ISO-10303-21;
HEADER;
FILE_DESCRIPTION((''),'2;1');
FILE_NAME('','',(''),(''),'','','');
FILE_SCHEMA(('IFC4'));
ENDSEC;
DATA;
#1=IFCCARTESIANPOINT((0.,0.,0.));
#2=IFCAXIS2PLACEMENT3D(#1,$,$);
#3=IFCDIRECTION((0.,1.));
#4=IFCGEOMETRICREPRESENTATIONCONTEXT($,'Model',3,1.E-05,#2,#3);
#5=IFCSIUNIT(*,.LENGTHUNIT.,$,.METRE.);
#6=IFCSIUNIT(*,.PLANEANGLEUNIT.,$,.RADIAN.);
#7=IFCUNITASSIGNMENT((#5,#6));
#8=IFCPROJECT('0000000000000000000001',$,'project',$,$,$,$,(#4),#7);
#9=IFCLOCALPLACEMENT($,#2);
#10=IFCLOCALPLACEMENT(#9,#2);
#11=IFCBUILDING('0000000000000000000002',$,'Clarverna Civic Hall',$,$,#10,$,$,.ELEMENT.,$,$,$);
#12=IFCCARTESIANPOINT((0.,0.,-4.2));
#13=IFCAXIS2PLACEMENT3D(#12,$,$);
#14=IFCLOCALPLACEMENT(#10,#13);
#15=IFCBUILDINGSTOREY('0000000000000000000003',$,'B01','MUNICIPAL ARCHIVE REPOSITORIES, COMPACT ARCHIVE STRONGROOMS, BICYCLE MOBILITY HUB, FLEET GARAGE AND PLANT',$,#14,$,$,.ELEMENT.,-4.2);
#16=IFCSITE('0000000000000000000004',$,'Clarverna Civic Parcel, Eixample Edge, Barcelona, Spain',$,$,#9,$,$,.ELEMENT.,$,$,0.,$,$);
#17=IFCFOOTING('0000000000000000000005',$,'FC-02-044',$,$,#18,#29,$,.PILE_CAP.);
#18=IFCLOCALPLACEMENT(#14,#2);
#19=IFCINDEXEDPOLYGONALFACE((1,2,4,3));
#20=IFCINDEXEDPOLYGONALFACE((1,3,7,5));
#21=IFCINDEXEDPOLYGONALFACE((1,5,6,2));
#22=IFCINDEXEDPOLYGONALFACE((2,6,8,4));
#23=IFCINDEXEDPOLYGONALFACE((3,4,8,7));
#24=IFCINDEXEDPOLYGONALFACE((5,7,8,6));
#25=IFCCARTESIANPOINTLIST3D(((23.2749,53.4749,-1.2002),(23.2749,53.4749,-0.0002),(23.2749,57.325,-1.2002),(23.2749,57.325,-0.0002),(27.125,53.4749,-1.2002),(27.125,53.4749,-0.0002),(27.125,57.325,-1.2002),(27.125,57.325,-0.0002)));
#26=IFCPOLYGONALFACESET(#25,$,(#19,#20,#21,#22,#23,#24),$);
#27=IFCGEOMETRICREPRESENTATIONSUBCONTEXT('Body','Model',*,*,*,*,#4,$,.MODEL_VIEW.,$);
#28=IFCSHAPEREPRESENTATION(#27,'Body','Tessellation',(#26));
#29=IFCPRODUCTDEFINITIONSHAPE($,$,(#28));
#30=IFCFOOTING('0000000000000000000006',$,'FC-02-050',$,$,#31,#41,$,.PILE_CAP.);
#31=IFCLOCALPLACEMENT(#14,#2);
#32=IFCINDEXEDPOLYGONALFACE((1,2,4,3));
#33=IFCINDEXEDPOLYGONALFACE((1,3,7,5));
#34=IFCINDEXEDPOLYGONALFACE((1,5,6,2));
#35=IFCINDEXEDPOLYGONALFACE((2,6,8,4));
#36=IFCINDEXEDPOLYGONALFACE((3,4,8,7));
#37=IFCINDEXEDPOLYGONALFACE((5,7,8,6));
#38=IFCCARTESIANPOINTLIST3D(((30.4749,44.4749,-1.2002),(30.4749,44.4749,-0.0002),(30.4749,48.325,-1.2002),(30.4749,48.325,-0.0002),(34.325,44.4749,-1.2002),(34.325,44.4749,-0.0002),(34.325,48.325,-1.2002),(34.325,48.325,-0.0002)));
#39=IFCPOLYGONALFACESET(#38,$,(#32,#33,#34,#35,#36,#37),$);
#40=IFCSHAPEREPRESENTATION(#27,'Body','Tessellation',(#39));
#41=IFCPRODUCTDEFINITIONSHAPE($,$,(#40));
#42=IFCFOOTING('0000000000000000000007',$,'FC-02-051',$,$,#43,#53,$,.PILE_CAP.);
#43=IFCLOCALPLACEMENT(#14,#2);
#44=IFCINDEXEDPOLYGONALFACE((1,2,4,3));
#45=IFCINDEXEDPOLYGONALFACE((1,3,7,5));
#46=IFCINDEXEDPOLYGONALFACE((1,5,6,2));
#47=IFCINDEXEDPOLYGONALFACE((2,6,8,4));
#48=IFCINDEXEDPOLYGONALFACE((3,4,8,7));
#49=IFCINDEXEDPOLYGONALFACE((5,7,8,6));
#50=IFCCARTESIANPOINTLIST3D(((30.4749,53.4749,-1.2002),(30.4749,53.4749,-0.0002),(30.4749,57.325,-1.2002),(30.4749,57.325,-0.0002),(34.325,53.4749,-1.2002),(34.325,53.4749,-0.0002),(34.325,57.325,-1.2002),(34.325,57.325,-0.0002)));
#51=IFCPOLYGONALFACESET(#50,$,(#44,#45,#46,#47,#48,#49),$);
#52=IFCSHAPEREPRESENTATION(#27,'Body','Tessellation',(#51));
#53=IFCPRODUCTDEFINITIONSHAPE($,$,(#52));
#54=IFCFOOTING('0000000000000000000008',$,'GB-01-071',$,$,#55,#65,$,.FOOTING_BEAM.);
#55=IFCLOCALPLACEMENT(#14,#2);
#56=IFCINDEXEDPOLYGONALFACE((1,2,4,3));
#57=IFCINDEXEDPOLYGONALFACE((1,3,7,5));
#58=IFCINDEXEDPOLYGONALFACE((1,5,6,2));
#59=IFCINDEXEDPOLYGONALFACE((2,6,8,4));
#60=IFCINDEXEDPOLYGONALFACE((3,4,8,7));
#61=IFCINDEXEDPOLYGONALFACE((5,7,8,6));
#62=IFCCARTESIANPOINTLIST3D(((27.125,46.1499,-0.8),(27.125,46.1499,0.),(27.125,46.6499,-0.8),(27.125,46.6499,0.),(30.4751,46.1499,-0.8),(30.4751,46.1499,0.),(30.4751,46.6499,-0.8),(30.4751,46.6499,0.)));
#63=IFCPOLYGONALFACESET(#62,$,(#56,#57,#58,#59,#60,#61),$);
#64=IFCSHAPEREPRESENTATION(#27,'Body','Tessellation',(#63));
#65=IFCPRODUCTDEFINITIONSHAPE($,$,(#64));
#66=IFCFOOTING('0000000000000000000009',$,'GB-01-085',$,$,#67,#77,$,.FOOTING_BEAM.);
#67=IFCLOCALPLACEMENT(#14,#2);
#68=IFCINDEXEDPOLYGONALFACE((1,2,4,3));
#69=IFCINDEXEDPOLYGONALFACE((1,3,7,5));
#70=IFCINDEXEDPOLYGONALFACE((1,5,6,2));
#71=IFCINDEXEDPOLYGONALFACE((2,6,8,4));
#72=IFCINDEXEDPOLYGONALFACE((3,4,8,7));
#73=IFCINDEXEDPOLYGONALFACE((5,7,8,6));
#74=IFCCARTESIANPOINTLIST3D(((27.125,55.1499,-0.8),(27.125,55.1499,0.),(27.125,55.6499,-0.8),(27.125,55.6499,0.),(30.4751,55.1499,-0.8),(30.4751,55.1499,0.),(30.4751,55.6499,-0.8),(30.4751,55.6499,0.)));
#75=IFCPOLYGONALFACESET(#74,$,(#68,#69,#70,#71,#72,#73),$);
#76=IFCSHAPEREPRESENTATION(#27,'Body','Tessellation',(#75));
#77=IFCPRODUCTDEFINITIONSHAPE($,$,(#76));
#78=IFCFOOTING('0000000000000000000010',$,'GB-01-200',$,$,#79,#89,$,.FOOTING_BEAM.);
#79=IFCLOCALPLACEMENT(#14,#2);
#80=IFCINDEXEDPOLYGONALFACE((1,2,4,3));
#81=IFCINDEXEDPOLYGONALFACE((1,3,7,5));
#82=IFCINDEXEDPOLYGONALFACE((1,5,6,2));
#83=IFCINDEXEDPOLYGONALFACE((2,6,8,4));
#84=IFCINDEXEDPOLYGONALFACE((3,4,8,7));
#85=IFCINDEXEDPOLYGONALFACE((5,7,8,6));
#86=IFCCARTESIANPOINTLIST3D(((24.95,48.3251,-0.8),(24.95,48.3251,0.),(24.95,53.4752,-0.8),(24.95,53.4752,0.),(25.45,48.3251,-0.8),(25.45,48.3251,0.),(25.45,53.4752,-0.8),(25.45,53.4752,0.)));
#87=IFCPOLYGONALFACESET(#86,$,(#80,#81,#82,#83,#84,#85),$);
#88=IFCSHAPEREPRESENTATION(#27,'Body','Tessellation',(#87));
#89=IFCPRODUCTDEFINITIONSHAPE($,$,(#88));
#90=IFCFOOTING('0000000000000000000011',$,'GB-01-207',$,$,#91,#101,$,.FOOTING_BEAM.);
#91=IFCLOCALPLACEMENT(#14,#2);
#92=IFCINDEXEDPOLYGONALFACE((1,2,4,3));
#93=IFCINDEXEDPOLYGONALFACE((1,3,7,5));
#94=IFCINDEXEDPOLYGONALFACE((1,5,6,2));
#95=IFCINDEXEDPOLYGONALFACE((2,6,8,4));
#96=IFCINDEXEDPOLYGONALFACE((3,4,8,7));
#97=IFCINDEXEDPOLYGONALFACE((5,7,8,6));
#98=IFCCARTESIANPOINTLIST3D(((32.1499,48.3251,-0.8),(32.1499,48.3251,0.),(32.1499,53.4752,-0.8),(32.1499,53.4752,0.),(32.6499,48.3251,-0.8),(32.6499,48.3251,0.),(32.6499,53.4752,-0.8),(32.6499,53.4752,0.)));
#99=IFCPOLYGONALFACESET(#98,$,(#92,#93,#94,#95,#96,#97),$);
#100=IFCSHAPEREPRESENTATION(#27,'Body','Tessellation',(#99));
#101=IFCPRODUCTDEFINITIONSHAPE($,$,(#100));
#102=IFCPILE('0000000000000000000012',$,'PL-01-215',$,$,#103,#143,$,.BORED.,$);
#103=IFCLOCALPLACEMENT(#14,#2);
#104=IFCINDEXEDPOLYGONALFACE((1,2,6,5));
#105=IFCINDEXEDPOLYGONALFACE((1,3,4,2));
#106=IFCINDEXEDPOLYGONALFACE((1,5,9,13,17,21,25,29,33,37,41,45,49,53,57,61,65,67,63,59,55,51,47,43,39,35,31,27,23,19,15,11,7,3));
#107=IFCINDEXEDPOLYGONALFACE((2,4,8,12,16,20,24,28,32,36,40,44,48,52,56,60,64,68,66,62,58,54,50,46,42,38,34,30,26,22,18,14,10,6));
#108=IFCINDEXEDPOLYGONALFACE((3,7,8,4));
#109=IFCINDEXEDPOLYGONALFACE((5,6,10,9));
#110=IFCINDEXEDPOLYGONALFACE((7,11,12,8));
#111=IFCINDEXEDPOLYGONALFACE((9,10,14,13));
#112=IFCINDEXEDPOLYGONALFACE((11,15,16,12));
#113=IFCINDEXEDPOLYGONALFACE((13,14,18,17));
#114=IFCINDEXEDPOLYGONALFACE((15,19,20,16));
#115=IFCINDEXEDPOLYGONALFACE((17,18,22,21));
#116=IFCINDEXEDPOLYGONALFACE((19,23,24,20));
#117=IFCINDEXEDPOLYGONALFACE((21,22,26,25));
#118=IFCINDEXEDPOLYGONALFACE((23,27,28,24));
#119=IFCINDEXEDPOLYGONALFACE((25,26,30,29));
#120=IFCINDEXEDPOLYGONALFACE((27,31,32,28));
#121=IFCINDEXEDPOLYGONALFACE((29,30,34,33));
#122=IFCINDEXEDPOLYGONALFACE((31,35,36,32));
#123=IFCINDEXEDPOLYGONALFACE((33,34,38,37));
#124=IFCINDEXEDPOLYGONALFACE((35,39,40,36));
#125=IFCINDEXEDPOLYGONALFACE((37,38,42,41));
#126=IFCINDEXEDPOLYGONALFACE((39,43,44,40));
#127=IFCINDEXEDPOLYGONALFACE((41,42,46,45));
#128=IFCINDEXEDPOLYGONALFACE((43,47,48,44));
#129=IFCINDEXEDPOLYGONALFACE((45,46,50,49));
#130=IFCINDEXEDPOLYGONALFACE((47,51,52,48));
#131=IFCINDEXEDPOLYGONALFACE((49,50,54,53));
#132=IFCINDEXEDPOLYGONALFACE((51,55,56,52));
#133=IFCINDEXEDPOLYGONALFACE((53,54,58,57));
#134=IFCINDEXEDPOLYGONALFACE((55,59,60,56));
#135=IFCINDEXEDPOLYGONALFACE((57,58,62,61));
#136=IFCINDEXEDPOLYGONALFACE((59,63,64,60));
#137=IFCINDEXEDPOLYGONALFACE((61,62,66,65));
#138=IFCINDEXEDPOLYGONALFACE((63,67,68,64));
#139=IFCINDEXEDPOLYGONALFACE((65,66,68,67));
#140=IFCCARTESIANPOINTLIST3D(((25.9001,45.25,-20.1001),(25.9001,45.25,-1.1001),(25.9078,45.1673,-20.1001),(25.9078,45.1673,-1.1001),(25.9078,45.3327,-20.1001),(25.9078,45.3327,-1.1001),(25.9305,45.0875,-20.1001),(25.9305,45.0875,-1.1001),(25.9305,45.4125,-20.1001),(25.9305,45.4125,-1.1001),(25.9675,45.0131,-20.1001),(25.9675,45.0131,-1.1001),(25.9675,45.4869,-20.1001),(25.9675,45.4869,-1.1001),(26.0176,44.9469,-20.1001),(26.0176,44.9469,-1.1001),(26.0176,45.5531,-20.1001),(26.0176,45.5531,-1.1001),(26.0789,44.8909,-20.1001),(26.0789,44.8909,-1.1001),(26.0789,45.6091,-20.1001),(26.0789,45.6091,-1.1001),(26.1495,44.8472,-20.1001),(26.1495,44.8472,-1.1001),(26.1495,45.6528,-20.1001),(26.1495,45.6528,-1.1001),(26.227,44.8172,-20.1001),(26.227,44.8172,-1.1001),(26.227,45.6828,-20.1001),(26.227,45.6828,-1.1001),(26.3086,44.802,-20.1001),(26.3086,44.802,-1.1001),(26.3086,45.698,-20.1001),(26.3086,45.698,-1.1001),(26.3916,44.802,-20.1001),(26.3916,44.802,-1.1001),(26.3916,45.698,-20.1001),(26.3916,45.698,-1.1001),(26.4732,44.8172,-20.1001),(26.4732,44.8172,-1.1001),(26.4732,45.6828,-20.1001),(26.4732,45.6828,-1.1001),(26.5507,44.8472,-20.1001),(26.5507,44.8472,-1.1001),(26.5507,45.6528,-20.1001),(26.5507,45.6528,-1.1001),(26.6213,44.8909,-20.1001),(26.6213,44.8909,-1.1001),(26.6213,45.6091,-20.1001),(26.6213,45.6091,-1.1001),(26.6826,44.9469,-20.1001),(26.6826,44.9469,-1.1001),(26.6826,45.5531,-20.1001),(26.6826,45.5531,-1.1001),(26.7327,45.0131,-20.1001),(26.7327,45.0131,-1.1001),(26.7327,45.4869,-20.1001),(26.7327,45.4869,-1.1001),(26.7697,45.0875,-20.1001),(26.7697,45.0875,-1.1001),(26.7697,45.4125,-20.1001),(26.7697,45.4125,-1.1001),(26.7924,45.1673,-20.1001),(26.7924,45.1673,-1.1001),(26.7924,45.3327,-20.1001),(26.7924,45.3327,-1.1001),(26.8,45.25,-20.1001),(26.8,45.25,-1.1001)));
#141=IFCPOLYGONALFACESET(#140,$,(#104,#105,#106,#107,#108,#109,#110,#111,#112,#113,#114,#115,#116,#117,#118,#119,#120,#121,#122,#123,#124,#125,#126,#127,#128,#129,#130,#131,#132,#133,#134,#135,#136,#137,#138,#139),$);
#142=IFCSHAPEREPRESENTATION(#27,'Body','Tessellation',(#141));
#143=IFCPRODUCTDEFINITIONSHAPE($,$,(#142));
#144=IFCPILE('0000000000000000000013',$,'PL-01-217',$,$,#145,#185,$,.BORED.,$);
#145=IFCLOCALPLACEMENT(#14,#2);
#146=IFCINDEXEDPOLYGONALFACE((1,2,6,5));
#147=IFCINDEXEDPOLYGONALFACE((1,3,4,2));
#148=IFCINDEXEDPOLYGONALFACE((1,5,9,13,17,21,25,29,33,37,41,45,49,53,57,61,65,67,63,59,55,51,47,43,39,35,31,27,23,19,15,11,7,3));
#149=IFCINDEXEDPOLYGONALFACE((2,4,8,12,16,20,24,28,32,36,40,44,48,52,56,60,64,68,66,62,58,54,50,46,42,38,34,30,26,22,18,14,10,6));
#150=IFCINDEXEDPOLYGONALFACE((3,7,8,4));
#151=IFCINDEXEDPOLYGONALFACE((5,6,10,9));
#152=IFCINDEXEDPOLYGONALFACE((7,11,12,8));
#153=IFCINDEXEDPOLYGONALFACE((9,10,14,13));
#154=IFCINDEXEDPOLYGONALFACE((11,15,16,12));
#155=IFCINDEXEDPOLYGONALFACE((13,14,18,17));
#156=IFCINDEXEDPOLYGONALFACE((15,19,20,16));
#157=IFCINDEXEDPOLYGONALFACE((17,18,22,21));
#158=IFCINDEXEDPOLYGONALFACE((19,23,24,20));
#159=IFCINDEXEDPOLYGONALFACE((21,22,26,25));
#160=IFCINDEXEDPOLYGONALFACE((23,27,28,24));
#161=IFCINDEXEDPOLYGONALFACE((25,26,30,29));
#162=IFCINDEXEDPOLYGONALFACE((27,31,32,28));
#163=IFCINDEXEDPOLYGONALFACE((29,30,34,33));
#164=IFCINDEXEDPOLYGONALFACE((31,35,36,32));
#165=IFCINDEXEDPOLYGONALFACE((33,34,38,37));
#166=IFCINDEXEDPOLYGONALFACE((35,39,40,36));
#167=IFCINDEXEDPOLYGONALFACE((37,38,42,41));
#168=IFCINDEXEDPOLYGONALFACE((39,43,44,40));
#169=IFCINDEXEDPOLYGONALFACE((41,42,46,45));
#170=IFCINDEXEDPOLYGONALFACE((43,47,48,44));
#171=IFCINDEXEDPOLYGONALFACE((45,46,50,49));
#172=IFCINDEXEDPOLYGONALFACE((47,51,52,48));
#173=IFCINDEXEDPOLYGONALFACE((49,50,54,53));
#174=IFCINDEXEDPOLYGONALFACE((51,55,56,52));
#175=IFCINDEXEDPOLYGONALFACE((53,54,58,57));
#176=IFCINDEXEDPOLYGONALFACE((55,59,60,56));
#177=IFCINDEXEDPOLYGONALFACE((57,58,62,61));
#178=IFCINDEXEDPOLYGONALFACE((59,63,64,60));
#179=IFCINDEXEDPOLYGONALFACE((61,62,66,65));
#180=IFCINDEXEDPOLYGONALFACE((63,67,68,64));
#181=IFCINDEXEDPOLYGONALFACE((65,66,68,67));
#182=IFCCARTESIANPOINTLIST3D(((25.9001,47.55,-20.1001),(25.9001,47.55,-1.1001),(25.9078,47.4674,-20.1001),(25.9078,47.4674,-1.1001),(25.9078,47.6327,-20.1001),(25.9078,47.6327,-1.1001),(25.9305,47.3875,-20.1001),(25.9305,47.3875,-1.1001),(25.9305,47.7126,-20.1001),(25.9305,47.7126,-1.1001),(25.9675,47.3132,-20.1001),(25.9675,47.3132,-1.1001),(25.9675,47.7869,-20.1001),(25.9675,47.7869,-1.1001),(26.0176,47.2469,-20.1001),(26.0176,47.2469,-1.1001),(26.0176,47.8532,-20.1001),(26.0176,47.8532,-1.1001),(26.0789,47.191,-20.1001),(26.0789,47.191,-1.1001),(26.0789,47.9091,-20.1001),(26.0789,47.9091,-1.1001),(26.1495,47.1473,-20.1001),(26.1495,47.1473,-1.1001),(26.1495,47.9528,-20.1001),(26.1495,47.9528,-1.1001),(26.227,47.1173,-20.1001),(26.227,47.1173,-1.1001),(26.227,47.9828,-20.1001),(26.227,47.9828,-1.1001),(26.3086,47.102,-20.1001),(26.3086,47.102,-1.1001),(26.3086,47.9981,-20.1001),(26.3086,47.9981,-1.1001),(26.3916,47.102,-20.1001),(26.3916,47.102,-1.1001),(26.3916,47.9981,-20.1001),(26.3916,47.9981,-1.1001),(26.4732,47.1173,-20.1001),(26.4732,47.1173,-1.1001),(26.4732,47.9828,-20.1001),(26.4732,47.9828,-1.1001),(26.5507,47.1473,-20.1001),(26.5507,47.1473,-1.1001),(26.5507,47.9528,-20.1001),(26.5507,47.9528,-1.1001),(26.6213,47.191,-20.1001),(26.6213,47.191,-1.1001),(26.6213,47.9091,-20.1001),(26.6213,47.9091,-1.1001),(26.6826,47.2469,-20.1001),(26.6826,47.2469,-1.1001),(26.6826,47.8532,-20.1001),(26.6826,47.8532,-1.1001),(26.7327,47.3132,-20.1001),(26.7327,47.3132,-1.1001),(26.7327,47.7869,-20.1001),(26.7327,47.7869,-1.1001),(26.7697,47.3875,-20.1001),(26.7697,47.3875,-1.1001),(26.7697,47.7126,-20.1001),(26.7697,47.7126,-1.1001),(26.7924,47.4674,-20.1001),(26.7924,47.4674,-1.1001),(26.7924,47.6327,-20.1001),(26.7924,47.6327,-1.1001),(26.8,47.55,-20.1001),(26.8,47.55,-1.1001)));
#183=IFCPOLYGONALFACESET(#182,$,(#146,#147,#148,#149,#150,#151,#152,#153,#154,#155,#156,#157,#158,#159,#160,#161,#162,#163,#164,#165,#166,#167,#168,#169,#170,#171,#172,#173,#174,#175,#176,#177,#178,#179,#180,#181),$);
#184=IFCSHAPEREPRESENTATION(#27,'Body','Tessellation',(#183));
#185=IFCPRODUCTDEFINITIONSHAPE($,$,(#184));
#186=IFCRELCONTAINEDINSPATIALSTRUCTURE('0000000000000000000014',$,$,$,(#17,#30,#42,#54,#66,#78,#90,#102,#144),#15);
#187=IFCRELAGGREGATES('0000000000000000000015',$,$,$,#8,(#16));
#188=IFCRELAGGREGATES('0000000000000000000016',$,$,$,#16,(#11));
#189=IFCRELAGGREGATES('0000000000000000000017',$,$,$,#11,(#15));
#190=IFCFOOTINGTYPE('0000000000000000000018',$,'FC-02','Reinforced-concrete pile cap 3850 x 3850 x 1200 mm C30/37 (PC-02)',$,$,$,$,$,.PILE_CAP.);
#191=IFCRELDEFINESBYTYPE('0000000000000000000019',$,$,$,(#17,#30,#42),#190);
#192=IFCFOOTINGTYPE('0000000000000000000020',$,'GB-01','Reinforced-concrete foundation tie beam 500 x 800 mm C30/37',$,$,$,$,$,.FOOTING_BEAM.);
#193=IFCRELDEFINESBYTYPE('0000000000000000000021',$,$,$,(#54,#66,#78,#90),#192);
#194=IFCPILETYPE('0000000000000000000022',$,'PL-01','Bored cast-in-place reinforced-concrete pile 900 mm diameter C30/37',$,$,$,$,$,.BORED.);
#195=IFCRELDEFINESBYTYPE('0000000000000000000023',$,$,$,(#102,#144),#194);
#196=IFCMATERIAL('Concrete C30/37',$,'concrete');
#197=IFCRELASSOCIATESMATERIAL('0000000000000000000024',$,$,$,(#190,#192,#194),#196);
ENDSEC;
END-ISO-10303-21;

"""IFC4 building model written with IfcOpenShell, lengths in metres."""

from ifc_helpers import new_model, si_unit, direction, frame, frame_2d, origin, origin_2d, place, context, subcontext, project, spatial, rectangle, circle, extrude, material, material_profile, profile_set, type_object, element, save


model = new_model("IFC4")

# Units and contexts
model_context = context("Model", 3, precision=1e-05, world=origin(), true_north=direction((0.0, 1.0)))
body_context = subcontext(model_context, "Body", "Model", "MODEL_VIEW")
ifc_project = project(units=[si_unit("LENGTHUNIT", "METRE"), si_unit("PLANEANGLEUNIT", "RADIAN")], contexts=[model_context])

# Site, building, storey
site_placement = place(None, origin())
site = spatial("IfcSite", under=ifc_project, at=site_placement, Name="Clarverna Civic Parcel, Eixample Edge, Barcelona, Spain", CompositionType="ELEMENT", RefElevation=0.0)
building_placement = place(site_placement, origin())
building = spatial("IfcBuilding", under=site, at=building_placement, Name="Clarverna Civic Hall", CompositionType="ELEMENT")
storey_placement = place(building_placement, frame((0.0, 0.0, -4.2)))
storey = spatial("IfcBuildingStorey", under=building, at=storey_placement, Name="B01", Description="MUNICIPAL ARCHIVE REPOSITORIES, COMPACT ARCHIVE STRONGROOMS, BICYCLE MOBILITY HUB, FLEET GARAGE AND PLANT", CompositionType="ELEMENT", Elevation=-4.2)

# Footings
ifc_material_1 = material(Name="Concrete C30/37", Category="concrete")
footing_type_1 = type_object("IfcFootingType", Name="FC-02", Description="Reinforced-concrete pile cap 3850 x 3850 x 1200 mm C30/37 (PC-02)", PredefinedType="PILE_CAP", material=ifc_material_1)
for number, where, z_axis, x_axis, name in (
    (1, (25.2, 55.3999, -1.2002), (0.0, 0.0, 1.0), (1.0, 0.0, 0.0), "FC-02-044"),
    (2, (32.3999, 46.3999, -1.2002), (0.0, 0.0, 1.0), (1.0, 0.0, 0.0), "FC-02-050"),
    (3, (32.3999, 55.3999, -1.2002), (0.0, 0.0, 1.0), (1.0, 0.0, 0.0), "FC-02-051"),
):
    element("IfcFooting", number, at=place(storey_placement, frame(where, z_axis=z_axis, x_axis=x_axis)), inside=storey, type_object=footing_type_1, Name=name, PredefinedType="PILE_CAP", context=body_context, shape_type="SweptSolid", body=[
        extrude(rectangle(XDim=3.8501, YDim=3.8501, at=origin_2d()), origin(), (0.0, 0.0, 1.0), 1.2),
    ])
footing_type_2 = type_object("IfcFootingType", Name="GB-01", Description="Reinforced-concrete foundation tie beam 500 x 800 mm C30/37", PredefinedType="FOOTING_BEAM", material=ifc_material_1)
for number, where, z_axis, x_axis, name in (
    (4, (27.125, 46.3999, -0.8), (0.0, 0.0, 1.0), (1.0, 0.0, 0.0), "GB-01-071"),
    (5, (27.125, 55.3999, -0.8), (0.0, 0.0, 1.0), (1.0, 0.0, 0.0), "GB-01-085"),
):
    element("IfcFooting", number, at=place(storey_placement, frame(where, z_axis=z_axis, x_axis=x_axis)), inside=storey, type_object=footing_type_2, Name=name, PredefinedType="FOOTING_BEAM", context=body_context, shape_type="SweptSolid", body=[
        extrude(rectangle(XDim=3.3501, YDim=0.5, at=frame_2d((1.675, 0.0))), origin(), (0.0, 0.0, 1.0), 0.8),
    ])
for number, where, z_axis, x_axis, name in (
    (6, (25.2, 48.325, -0.8), (0.0, 0.0, 1.0), (0.0, 1.0, 0.0), "GB-01-200"),
    (7, (32.3999, 48.325, -0.8), (0.0, 0.0, 1.0), (0.0, 1.0, 0.0), "GB-01-207"),
):
    element("IfcFooting", number, at=place(storey_placement, frame(where, z_axis=z_axis, x_axis=x_axis)), inside=storey, type_object=footing_type_2, Name=name, PredefinedType="FOOTING_BEAM", context=body_context, shape_type="SweptSolid", body=[
        extrude(rectangle(XDim=5.1501, YDim=0.5, at=frame_2d((2.5752, 0.0))), origin(), (0.0, 0.0, 1.0), 0.8),
    ])

# Piles
ifc_material_profile_1 = material_profile(ifc_material_1, circle(Radius=0.45, at=origin_2d()), Name="BORED PILE D900")
ifc_profile_set_1 = profile_set([ifc_material_profile_1], Name="Concrete C30/37")
pile_type = type_object("IfcPileType", Name="PL-01", Description="Bored cast-in-place reinforced-concrete pile 900 mm diameter C30/37", PredefinedType="BORED", material=ifc_profile_set_1)
for number, where, z_axis, x_axis, name in (
    (8, (26.3501, 45.25, -1.1001), (0.0, 0.0, -1.0), (1.0, 0.0, 0.0), "PL-01-215"),
    (9, (26.3501, 47.55, -1.1001), (0.0, 0.0, -1.0), (1.0, 0.0, 0.0), "PL-01-217"),
):
    element("IfcPile", number, at=place(storey_placement, frame(where, z_axis=z_axis, x_axis=x_axis)), inside=storey, type_object=pile_type, Name=name, PredefinedType="BORED", context=body_context, shape_type="SweptSolid", body=[
        extrude(circle(Radius=0.45, at=origin_2d()), origin(), (0.0, 0.0, 1.0), 19.0),
    ])

save(model, "model.ifc")
